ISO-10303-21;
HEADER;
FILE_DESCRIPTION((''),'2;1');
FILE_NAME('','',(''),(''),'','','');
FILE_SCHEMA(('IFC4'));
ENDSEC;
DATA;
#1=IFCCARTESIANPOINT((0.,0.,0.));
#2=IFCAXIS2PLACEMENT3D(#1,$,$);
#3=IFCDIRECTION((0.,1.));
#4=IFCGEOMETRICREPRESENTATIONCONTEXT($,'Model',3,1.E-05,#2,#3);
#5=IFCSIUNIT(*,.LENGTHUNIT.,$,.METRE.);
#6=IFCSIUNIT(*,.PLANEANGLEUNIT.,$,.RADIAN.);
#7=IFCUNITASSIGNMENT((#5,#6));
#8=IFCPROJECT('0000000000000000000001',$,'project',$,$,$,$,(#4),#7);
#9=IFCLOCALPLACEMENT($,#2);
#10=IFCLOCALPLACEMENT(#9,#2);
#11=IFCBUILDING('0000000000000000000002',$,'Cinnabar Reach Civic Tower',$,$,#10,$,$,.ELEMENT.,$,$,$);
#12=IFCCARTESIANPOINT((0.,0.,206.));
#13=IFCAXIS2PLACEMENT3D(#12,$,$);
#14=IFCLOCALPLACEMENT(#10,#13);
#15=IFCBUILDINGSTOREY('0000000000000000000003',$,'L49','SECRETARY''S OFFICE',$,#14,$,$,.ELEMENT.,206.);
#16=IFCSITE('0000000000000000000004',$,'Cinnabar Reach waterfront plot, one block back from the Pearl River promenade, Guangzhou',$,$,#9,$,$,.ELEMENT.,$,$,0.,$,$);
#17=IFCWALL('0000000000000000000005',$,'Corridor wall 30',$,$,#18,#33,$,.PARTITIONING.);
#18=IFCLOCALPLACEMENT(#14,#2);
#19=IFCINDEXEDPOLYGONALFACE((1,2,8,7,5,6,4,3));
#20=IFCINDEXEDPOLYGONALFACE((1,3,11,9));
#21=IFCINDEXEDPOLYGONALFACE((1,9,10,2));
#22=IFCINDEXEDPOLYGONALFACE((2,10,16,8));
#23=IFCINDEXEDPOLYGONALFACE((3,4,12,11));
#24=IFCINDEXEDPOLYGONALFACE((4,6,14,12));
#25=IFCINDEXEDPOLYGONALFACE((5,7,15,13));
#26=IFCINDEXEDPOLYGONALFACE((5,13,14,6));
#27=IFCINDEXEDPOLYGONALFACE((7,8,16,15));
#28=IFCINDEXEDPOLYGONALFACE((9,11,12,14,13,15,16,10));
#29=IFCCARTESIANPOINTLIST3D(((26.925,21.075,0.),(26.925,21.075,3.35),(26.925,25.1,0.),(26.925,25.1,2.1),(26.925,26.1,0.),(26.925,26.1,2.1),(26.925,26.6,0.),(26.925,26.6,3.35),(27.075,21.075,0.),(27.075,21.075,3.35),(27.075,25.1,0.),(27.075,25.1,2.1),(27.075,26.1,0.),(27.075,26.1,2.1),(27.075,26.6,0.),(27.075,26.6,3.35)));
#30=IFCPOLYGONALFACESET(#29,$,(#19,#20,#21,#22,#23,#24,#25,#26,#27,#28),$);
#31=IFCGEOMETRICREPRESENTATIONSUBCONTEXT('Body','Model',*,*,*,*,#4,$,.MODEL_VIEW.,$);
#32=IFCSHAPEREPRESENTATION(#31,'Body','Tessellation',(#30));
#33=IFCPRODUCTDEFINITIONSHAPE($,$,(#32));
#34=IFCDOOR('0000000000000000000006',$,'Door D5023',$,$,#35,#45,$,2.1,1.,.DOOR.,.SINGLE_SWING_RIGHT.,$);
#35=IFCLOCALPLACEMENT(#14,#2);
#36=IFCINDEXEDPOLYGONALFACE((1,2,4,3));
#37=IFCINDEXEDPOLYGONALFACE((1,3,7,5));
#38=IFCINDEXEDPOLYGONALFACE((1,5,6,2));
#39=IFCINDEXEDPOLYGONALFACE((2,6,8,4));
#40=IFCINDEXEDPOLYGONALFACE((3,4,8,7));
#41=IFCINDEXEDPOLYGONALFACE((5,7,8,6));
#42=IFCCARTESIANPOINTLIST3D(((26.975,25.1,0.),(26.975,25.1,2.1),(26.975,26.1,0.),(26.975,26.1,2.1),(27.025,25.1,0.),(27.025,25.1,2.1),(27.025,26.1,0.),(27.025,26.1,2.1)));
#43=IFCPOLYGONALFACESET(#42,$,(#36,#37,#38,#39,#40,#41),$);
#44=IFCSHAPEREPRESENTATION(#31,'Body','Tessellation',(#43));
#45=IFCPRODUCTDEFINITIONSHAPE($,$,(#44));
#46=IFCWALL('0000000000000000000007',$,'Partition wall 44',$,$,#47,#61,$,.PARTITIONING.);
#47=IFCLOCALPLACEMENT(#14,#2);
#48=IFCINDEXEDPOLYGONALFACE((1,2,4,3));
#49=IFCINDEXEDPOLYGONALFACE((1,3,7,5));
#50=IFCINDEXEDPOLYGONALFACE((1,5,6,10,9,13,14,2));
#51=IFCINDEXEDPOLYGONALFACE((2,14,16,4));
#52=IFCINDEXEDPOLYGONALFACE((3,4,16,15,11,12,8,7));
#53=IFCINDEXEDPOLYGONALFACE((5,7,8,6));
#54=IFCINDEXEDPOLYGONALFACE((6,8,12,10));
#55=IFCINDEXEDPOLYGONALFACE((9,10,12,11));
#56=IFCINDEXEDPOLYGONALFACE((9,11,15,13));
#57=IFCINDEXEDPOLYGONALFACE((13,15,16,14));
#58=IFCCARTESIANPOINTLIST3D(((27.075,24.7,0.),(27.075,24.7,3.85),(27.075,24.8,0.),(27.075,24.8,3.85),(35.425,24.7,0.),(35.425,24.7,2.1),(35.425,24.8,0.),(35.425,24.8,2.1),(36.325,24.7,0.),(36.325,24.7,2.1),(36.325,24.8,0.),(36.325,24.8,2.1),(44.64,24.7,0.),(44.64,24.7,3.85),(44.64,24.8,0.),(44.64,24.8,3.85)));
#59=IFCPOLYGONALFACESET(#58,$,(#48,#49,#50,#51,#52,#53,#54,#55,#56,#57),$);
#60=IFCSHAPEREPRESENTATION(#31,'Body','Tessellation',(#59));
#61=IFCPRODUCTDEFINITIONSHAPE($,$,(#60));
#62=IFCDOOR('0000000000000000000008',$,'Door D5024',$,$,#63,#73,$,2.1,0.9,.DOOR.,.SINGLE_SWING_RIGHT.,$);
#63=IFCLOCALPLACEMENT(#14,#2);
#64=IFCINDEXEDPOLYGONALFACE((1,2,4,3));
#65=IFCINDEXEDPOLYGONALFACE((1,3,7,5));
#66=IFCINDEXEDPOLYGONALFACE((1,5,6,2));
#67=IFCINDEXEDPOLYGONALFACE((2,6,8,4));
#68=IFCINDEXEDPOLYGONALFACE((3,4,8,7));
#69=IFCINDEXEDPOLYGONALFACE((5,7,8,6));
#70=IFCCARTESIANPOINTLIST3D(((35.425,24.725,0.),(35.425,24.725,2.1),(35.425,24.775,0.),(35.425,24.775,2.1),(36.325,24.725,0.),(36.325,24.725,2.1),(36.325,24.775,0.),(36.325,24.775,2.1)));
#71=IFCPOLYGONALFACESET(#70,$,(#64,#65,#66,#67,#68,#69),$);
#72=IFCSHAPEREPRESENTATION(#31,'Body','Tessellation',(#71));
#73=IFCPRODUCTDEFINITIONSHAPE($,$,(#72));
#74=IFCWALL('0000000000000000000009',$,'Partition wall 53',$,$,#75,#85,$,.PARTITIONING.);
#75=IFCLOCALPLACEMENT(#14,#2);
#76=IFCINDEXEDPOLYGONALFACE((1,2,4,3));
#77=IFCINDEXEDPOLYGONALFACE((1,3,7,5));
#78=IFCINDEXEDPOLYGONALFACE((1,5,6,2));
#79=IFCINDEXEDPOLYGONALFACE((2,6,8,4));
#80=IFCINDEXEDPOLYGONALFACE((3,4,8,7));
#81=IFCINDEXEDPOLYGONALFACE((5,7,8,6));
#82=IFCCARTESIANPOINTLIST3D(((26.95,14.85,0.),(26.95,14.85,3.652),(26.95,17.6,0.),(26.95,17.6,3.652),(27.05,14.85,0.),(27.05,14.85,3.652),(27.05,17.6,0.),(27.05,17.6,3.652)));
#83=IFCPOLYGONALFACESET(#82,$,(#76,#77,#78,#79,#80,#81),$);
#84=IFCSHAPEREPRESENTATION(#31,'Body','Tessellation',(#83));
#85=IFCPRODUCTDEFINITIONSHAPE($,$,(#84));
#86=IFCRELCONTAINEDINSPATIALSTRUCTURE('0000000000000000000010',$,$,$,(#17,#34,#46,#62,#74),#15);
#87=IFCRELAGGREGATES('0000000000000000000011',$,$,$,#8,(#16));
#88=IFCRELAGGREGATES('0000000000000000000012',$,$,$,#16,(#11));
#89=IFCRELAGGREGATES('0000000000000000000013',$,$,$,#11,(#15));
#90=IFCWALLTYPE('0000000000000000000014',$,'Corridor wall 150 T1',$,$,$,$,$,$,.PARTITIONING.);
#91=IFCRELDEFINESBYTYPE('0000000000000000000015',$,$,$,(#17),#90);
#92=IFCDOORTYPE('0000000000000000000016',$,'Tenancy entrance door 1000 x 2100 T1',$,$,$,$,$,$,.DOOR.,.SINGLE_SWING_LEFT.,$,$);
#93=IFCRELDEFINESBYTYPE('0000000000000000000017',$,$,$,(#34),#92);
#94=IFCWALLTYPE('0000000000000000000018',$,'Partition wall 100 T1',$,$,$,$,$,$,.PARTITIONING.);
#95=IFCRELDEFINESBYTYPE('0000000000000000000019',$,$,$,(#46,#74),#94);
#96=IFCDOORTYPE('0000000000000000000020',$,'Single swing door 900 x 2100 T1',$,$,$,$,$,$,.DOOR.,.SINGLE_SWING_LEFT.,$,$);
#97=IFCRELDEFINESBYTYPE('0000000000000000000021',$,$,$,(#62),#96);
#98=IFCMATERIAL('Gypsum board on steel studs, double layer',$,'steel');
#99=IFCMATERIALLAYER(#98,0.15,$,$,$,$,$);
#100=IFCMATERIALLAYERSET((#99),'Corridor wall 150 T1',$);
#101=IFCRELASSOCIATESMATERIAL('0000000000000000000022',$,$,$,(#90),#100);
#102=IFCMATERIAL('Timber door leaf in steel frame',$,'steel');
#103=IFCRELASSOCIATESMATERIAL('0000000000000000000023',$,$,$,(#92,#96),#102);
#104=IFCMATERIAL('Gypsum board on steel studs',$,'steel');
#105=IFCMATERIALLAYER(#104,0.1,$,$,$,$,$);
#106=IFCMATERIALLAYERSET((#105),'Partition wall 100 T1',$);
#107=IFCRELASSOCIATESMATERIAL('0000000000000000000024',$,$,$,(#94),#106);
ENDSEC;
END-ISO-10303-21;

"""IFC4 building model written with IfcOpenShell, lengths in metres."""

from ifc_helpers import new_model, si_unit, direction, frame, frame_2d, origin, place, context, subcontext, project, spatial, rectangle, extrude, material, layer, layer_set, type_object, element, fill, save


model = new_model("IFC4")

# Units and contexts
model_context = context("Model", 3, precision=1e-05, world=origin(), true_north=direction((0.0, 1.0)))
body_context = subcontext(model_context, "Body", "Model", "MODEL_VIEW")
ifc_project = project(units=[si_unit("LENGTHUNIT", "METRE"), si_unit("PLANEANGLEUNIT", "RADIAN")], contexts=[model_context])

# Site, building, storey
site_placement = place(None, origin())
site = spatial("IfcSite", under=ifc_project, at=site_placement, Name="Cinnabar Reach waterfront plot, one block back from the Pearl River promenade, Guangzhou", CompositionType="ELEMENT", RefElevation=0.0)
building_placement = place(site_placement, origin())
building = spatial("IfcBuilding", under=site, at=building_placement, Name="Cinnabar Reach Civic Tower", CompositionType="ELEMENT")
storey_placement = place(building_placement, frame((0.0, 0.0, 206.0)))
storey = spatial("IfcBuildingStorey", under=building, at=storey_placement, Name="L49", Description="SECRETARY'S OFFICE", CompositionType="ELEMENT", Elevation=206.0)

# Shared definitions
ifc_material_1 = material(Name="Timber door leaf in steel frame", Category="steel")
ifc_material_2 = material(Name="Gypsum board on steel studs, double layer", Category="steel")
ifc_layer_1 = layer(ifc_material_2, 0.15)
ifc_layer_set_1 = layer_set([ifc_layer_1], Name="Corridor wall 150 T1")
wall_type_1 = type_object("IfcWallType", Name="Corridor wall 150 T1", PredefinedType="PARTITIONING", material=ifc_layer_set_1)

# Walls, openings, doors
wall_1_placement = place(storey_placement, frame((27.0, 21.075, 0.0), z_axis=(0.0, 0.0, 1.0), x_axis=(0.0, 1.0, 0.0)))
wall_1 = element("IfcWall", 1, at=wall_1_placement, inside=storey, type_object=wall_type_1, Name="Corridor wall 30", PredefinedType="PARTITIONING", context=body_context, shape_type="SweptSolid", body=[
    extrude(rectangle(XDim=5.525, YDim=0.15, at=frame_2d((2.7625, 0.0))), origin(), (0.0, 0.0, 1.0), 3.35),
])
opening_1_placement = place(wall_1_placement, frame((4.025, 0.0, 0.0)))
opening_1 = element("IfcOpeningElement", 2, at=opening_1_placement, cuts=wall_1, PredefinedType="OPENING", context=body_context, shape_type="SweptSolid", body=[
    extrude(rectangle(XDim=1.0, YDim=2.1, at=frame_2d((0.5, 1.05))), frame((0.0, 0.085, 0.0), z_axis=(0.0, -1.0, 0.0), x_axis=(1.0, 0.0, 0.0)), (0.0, 0.0, 1.0), 0.17),
])
door_type_1 = type_object("IfcDoorType", Name="Tenancy entrance door 1000 x 2100 T1", OperationType="SINGLE_SWING_LEFT", PredefinedType="DOOR", material=ifc_material_1)
door_1_placement = place(opening_1_placement, frame((1.0, 0.0, 0.0), z_axis=(0.0, 0.0, 1.0), x_axis=(-1.0, 0.0, 0.0)))
door_1 = element("IfcDoor", 3, at=door_1_placement, inside=storey, type_object=door_type_1, Name="Door D5023", OperationType="SINGLE_SWING_RIGHT", OverallHeight=2.1, OverallWidth=1.0, PredefinedType="DOOR", context=body_context, shape_type="SweptSolid", body=[
    extrude(rectangle(XDim=1.0, YDim=2.1, at=frame_2d((0.5, 1.05))), frame((0.0, 0.025, 0.0), z_axis=(0.0, -1.0, 0.0), x_axis=(1.0, 0.0, 0.0)), (0.0, 0.0, 1.0), 0.05),
])
fill(opening_1, door_1)
ifc_material_3 = material(Name="Gypsum board on steel studs", Category="steel")
ifc_layer_2 = layer(ifc_material_3, 0.1)
ifc_layer_set_2 = layer_set([ifc_layer_2], Name="Partition wall 100 T1")
wall_type_2 = type_object("IfcWallType", Name="Partition wall 100 T1", PredefinedType="PARTITIONING", material=ifc_layer_set_2)
wall_2_placement = place(storey_placement, frame((27.075, 24.75, 0.0), z_axis=(0.0, 0.0, 1.0), x_axis=(1.0, 0.0, 0.0)))
wall_2 = element("IfcWall", 4, at=wall_2_placement, inside=storey, type_object=wall_type_2, Name="Partition wall 44", PredefinedType="PARTITIONING", context=body_context, shape_type="SweptSolid", body=[
    extrude(rectangle(XDim=17.565, YDim=0.1, at=frame_2d((8.7825, 0.0))), origin(), (0.0, 0.0, 1.0), 3.85),
])
opening_2_placement = place(wall_2_placement, frame((8.35, 0.0, 0.0)))
opening_2 = element("IfcOpeningElement", 5, at=opening_2_placement, cuts=wall_2, PredefinedType="OPENING", context=body_context, shape_type="SweptSolid", body=[
    extrude(rectangle(XDim=0.9, YDim=2.1, at=frame_2d((0.45, 1.05))), frame((0.0, 0.06, 0.0), z_axis=(0.0, -1.0, 0.0), x_axis=(1.0, 0.0, 0.0)), (0.0, 0.0, 1.0), 0.12),
])
door_type_2 = type_object("IfcDoorType", Name="Single swing door 900 x 2100 T1", OperationType="SINGLE_SWING_LEFT", PredefinedType="DOOR", material=ifc_material_1)
door_2_placement = place(opening_2_placement, frame((0.9, 0.0, 0.0), z_axis=(0.0, 0.0, 1.0), x_axis=(-1.0, 0.0, 0.0)))
door_2 = element("IfcDoor", 6, at=door_2_placement, inside=storey, type_object=door_type_2, Name="Door D5024", OperationType="SINGLE_SWING_RIGHT", OverallHeight=2.1, OverallWidth=0.9, PredefinedType="DOOR", context=body_context, shape_type="SweptSolid", body=[
    extrude(rectangle(XDim=0.9, YDim=2.1, at=frame_2d((0.45, 1.05))), frame((0.0, 0.025, 0.0), z_axis=(0.0, -1.0, 0.0), x_axis=(1.0, 0.0, 0.0)), (0.0, 0.0, 1.0), 0.05),
])
fill(opening_2, door_2)

# Wall
wall_3_placement = place(storey_placement, frame((27.0, 14.85, 0.0), z_axis=(0.0, 0.0, 1.0), x_axis=(0.0, 1.0, 0.0)))
element("IfcWall", 7, at=wall_3_placement, inside=storey, type_object=wall_type_2, Name="Partition wall 53", PredefinedType="PARTITIONING", context=body_context, shape_type="SweptSolid", body=[
    extrude(rectangle(XDim=2.75, YDim=0.1, at=frame_2d((1.375, 0.0))), origin(), (0.0, 0.0, 1.0), 3.652),
])

save(model, "model.ifc")
